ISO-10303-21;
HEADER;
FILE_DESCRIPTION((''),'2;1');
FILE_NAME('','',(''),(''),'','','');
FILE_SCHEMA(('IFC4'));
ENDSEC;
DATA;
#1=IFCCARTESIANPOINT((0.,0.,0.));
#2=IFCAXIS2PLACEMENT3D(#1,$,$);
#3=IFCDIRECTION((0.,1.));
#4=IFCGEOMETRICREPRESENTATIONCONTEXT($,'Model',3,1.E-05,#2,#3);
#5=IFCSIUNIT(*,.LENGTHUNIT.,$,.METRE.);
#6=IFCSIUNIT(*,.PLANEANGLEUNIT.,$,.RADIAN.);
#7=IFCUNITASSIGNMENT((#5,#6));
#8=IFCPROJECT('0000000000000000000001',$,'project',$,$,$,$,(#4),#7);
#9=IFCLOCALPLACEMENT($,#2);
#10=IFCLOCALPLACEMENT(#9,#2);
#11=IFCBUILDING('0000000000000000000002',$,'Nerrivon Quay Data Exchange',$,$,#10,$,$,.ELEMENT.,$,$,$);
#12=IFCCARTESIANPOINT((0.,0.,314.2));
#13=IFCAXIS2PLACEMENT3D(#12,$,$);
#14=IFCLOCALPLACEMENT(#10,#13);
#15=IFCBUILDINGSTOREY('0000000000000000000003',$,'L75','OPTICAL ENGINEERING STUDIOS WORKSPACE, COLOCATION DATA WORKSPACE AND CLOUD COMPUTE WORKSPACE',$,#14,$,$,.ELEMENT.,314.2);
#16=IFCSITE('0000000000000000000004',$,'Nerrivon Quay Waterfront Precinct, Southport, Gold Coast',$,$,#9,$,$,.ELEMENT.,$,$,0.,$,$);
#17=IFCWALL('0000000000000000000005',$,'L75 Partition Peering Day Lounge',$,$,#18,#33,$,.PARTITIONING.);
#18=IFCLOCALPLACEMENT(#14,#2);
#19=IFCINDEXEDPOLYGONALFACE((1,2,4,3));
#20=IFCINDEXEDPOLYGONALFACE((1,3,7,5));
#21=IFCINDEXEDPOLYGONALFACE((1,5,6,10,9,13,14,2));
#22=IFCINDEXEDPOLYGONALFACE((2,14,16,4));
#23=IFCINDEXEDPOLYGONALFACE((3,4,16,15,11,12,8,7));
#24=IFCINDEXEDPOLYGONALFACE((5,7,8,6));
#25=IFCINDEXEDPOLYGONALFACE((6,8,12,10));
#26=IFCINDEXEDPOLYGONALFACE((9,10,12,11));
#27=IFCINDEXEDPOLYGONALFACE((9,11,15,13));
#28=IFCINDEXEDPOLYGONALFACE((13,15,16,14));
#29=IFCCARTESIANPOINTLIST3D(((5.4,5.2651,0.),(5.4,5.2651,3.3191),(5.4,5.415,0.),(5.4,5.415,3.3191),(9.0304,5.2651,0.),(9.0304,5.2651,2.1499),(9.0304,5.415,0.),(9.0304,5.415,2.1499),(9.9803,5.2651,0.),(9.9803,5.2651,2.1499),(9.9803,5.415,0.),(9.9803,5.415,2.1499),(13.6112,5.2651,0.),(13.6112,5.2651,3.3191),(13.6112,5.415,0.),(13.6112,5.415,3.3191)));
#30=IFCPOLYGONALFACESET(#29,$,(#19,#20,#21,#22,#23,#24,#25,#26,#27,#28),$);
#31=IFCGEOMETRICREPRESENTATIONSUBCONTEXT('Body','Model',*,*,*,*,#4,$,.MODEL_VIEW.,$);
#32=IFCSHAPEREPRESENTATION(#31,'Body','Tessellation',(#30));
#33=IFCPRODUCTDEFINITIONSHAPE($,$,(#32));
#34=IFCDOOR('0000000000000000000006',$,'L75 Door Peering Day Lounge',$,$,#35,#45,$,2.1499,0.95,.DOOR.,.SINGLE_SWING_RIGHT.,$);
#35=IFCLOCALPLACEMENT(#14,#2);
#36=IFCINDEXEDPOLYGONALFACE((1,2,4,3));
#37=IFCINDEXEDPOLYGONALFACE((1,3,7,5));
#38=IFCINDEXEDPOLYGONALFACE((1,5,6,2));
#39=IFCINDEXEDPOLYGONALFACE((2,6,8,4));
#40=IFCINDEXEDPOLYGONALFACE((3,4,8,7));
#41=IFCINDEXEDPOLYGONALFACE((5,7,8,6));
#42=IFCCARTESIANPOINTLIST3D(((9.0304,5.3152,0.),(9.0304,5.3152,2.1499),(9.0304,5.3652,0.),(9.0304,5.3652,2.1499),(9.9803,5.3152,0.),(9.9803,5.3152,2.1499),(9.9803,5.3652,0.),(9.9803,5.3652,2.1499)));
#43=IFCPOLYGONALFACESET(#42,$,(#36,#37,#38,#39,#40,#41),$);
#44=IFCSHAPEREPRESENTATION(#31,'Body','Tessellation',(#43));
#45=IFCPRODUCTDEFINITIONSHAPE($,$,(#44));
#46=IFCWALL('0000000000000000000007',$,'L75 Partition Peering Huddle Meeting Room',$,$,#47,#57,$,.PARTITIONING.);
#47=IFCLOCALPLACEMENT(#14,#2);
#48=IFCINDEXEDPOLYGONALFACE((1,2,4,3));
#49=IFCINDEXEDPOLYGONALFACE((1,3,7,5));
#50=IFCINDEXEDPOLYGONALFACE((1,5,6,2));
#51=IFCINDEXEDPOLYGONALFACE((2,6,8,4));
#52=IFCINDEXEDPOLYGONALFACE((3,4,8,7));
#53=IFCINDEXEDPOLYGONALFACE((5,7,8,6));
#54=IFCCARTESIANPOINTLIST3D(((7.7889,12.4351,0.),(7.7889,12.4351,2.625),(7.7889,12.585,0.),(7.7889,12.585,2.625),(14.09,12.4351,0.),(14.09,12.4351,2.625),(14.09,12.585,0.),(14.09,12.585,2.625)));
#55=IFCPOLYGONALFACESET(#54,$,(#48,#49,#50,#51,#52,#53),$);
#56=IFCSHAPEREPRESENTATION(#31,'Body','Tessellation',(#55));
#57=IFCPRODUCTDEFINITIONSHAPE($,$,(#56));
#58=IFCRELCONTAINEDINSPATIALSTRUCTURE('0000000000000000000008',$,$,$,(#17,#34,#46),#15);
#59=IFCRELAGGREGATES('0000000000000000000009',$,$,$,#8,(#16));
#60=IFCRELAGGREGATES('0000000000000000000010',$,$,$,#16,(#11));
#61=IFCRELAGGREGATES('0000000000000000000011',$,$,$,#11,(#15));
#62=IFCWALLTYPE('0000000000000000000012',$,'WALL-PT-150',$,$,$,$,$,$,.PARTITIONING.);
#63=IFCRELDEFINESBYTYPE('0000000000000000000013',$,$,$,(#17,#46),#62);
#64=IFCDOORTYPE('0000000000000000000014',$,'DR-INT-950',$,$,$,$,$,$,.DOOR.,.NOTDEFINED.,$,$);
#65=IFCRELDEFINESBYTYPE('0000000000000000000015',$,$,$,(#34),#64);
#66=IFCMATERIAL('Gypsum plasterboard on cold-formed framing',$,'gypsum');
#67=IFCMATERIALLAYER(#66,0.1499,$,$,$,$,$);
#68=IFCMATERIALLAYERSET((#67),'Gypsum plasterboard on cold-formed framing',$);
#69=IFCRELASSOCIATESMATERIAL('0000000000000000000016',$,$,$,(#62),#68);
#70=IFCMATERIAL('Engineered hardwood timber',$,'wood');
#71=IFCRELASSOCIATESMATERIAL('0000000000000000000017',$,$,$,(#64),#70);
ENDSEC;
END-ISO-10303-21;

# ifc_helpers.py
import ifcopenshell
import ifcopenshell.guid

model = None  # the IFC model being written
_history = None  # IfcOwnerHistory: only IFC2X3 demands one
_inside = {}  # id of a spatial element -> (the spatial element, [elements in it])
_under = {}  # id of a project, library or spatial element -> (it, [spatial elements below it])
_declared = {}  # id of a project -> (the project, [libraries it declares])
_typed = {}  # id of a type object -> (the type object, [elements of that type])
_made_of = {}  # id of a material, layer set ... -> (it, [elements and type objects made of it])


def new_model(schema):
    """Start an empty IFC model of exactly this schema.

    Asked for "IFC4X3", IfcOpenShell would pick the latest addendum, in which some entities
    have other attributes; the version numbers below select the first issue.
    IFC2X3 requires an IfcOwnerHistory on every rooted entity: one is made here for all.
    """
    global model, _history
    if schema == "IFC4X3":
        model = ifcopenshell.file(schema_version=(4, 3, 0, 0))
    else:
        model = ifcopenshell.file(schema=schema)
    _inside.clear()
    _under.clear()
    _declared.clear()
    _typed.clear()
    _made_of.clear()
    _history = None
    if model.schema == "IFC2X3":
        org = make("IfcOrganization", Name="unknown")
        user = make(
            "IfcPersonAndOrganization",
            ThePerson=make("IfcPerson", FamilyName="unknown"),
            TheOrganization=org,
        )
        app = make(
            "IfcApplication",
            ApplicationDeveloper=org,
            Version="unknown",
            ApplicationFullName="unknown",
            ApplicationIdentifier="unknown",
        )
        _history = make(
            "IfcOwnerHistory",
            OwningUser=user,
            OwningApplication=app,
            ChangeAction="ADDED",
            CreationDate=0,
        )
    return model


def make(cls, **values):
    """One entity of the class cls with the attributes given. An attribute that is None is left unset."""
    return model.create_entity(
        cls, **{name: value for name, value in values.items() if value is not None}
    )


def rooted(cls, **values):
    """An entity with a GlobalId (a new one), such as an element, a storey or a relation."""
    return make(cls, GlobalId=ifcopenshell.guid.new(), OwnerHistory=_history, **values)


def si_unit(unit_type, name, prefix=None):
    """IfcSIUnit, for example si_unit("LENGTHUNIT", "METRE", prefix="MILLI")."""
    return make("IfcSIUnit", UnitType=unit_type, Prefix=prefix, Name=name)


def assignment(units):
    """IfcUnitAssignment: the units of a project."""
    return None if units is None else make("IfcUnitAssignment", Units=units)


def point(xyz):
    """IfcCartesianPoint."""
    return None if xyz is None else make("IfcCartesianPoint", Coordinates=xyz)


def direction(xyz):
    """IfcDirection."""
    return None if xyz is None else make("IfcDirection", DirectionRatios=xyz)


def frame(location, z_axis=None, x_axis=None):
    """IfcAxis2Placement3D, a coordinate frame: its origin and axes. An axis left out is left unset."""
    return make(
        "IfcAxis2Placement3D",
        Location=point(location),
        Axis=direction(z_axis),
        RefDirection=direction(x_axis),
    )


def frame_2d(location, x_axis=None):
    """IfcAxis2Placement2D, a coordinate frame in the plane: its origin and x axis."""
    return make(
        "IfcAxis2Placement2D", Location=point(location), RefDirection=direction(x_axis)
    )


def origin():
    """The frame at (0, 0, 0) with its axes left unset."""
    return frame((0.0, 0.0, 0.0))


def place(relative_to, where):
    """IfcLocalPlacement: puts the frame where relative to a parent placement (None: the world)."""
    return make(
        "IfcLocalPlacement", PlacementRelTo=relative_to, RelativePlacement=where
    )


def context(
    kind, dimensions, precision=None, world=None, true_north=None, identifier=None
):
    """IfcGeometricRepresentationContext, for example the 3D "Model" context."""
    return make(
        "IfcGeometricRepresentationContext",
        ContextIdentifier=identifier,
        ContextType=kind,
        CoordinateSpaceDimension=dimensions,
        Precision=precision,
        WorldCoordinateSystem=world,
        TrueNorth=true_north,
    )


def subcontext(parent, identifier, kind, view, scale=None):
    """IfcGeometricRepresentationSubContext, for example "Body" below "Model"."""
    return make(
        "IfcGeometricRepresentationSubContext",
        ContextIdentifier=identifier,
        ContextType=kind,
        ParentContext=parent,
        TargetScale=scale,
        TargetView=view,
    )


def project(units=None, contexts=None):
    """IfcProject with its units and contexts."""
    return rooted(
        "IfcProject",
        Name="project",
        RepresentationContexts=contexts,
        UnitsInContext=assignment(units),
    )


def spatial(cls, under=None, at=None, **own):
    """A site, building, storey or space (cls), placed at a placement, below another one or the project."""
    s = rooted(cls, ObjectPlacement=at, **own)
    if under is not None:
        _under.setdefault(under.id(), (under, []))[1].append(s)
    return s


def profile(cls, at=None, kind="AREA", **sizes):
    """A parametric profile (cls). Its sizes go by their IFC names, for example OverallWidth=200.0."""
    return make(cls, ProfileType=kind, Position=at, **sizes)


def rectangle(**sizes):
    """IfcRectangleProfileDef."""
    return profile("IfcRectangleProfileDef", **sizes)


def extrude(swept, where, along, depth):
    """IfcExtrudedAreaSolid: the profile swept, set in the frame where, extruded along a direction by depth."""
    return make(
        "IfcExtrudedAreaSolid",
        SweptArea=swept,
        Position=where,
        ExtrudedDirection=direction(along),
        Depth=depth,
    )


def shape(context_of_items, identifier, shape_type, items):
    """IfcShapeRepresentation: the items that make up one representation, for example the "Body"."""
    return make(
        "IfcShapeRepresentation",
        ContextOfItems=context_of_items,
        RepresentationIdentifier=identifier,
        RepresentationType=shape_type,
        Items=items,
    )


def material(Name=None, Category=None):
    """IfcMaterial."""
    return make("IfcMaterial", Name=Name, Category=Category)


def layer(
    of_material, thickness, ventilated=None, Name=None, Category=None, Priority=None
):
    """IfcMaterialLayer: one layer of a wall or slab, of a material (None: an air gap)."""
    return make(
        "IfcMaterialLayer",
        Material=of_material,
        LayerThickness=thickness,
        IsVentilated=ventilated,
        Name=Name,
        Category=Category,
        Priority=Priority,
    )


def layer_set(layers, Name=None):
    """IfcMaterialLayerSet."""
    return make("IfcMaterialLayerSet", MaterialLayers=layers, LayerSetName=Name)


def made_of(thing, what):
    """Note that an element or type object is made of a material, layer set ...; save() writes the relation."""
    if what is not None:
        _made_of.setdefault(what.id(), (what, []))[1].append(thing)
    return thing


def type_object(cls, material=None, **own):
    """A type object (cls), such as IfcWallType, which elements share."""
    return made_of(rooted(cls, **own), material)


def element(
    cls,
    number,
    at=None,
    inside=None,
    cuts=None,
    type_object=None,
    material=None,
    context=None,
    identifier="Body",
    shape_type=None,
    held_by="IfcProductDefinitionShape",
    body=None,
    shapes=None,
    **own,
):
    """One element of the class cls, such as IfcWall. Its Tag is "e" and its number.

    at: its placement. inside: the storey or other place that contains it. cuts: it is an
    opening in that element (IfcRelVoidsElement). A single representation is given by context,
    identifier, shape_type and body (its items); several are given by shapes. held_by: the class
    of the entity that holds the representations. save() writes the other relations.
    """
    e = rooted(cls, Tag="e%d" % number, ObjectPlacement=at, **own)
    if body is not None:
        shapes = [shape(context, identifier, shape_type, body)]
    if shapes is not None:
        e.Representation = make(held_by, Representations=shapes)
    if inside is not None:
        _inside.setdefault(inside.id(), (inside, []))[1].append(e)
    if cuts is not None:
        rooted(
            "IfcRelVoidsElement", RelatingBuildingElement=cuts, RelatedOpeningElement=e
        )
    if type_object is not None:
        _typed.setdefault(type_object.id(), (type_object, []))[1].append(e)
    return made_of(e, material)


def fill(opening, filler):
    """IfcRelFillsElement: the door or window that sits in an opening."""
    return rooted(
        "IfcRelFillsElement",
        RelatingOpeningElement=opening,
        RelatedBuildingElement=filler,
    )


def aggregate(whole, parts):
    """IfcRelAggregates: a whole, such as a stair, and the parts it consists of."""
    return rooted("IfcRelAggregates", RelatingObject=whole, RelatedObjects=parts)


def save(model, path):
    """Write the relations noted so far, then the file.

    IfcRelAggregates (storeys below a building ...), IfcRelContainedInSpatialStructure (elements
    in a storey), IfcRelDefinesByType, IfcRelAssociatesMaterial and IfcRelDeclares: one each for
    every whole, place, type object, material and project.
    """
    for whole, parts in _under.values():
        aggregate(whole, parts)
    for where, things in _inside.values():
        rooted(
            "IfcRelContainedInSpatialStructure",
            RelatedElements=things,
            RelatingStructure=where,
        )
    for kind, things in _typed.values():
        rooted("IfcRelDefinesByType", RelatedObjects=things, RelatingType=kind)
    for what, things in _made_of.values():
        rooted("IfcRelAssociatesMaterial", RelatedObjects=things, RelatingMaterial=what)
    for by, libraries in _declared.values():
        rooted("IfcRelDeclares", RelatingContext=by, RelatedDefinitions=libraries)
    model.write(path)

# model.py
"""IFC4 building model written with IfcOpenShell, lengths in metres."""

from ifc_helpers import new_model, si_unit, direction, frame, frame_2d, origin, place, context, subcontext, project, spatial, rectangle, extrude, material, layer, layer_set, type_object, element, fill, save


model = new_model("IFC4")

# Units and contexts
model_context = context("Model", 3, precision=1e-05, world=origin(), true_north=direction((0.0, 1.0)))
body_context = subcontext(model_context, "Body", "Model", "MODEL_VIEW")
ifc_project = project(units=[si_unit("LENGTHUNIT", "METRE"), si_unit("PLANEANGLEUNIT", "RADIAN")], contexts=[model_context])

# Site, building, storey
site_placement = place(None, origin())
site = spatial("IfcSite", under=ifc_project, at=site_placement, Name="Nerrivon Quay Waterfront Precinct, Southport, Gold Coast", CompositionType="ELEMENT", RefElevation=0.0)
building_placement = place(site_placement, origin())
building = spatial("IfcBuilding", under=site, at=building_placement, Name="Nerrivon Quay Data Exchange", CompositionType="ELEMENT")
storey_placement = place(building_placement, frame((0.0, 0.0, 314.2)))
storey = spatial("IfcBuildingStorey", under=building, at=storey_placement, Name="L75", Description="OPTICAL ENGINEERING STUDIOS WORKSPACE, COLOCATION DATA WORKSPACE AND CLOUD COMPUTE WORKSPACE", CompositionType="ELEMENT", Elevation=314.2)

# Shared definitions
ifc_material_1 = material(Name="Gypsum plasterboard on cold-formed framing", Category="gypsum")
ifc_material_2 = material(Name="Engineered hardwood timber", Category="wood")

# Shared definitions
ifc_layer_1 = layer(ifc_material_1, 0.1499)
ifc_layer_set_1 = layer_set([ifc_layer_1], Name="Gypsum plasterboard on cold-formed framing")
wall_type_1 = type_object("IfcWallType", Name="WALL-PT-150", PredefinedType="PARTITIONING", material=ifc_layer_set_1)
door_type_1 = type_object("IfcDoorType", Name="DR-INT-950", OperationType="NOTDEFINED", PredefinedType="DOOR", material=ifc_material_2)

# Wall, opening, door
wall_1_placement = place(storey_placement, frame((13.6111, 5.3401, 0.0), z_axis=(0.0, 0.0, 1.0), x_axis=(-1.0, 0.0, 0.0)))
wall_1 = element("IfcWall", 1, at=wall_1_placement, inside=storey, type_object=wall_type_1, Name="L75 Partition Peering Day Lounge", PredefinedType="PARTITIONING", context=body_context, shape_type="SweptSolid", body=[
    extrude(rectangle(XDim=8.2112, YDim=0.1499, at=frame_2d((4.1055, 0.0))), origin(), (0.0, 0.0, 1.0), 3.3191),
])
opening_1_placement = place(wall_1_placement, frame((3.6306, 0.0, 0.0)))
opening_1 = element("IfcOpeningElement", 2, at=opening_1_placement, cuts=wall_1, PredefinedType="OPENING", context=body_context, shape_type="SweptSolid", body=[
    extrude(rectangle(XDim=0.95, YDim=2.1499, at=frame_2d((0.4751, 1.075))), frame((0.0, 0.085, 0.0), z_axis=(0.0, -1.0, 0.0), x_axis=(1.0, 0.0, 0.0)), (0.0, 0.0, 1.0), 0.1699),
])
door_1_placement = place(opening_1_placement, origin())
door_1 = element("IfcDoor", 3, at=door_1_placement, inside=storey, type_object=door_type_1, Name="L75 Door Peering Day Lounge", OperationType="SINGLE_SWING_RIGHT", OverallHeight=2.1499, OverallWidth=0.95, PredefinedType="DOOR", context=body_context, shape_type="SweptSolid", body=[
    extrude(rectangle(XDim=0.95, YDim=2.1499, at=frame_2d((0.4751, 1.075))), frame((0.0, 0.0249, 0.0), z_axis=(0.0, -1.0, 0.0), x_axis=(1.0, 0.0, 0.0)), (0.0, 0.0, 1.0), 0.05),
])
fill(opening_1, door_1)

# Wall
wall_2_placement = place(storey_placement, frame((7.7891, 12.51, 0.0), z_axis=(0.0, 0.0, 1.0), x_axis=(1.0, 0.0, 0.0)))
element("IfcWall", 4, at=wall_2_placement, inside=storey, type_object=wall_type_1, Name="L75 Partition Peering Huddle Meeting Room", PredefinedType="PARTITIONING", context=body_context, shape_type="SweptSolid", body=[
    extrude(rectangle(XDim=6.301, YDim=0.1499, at=frame_2d((3.1504, 0.0))), origin(), (0.0, 0.0, 1.0), 2.625),
])

save(model, "model.ifc")
